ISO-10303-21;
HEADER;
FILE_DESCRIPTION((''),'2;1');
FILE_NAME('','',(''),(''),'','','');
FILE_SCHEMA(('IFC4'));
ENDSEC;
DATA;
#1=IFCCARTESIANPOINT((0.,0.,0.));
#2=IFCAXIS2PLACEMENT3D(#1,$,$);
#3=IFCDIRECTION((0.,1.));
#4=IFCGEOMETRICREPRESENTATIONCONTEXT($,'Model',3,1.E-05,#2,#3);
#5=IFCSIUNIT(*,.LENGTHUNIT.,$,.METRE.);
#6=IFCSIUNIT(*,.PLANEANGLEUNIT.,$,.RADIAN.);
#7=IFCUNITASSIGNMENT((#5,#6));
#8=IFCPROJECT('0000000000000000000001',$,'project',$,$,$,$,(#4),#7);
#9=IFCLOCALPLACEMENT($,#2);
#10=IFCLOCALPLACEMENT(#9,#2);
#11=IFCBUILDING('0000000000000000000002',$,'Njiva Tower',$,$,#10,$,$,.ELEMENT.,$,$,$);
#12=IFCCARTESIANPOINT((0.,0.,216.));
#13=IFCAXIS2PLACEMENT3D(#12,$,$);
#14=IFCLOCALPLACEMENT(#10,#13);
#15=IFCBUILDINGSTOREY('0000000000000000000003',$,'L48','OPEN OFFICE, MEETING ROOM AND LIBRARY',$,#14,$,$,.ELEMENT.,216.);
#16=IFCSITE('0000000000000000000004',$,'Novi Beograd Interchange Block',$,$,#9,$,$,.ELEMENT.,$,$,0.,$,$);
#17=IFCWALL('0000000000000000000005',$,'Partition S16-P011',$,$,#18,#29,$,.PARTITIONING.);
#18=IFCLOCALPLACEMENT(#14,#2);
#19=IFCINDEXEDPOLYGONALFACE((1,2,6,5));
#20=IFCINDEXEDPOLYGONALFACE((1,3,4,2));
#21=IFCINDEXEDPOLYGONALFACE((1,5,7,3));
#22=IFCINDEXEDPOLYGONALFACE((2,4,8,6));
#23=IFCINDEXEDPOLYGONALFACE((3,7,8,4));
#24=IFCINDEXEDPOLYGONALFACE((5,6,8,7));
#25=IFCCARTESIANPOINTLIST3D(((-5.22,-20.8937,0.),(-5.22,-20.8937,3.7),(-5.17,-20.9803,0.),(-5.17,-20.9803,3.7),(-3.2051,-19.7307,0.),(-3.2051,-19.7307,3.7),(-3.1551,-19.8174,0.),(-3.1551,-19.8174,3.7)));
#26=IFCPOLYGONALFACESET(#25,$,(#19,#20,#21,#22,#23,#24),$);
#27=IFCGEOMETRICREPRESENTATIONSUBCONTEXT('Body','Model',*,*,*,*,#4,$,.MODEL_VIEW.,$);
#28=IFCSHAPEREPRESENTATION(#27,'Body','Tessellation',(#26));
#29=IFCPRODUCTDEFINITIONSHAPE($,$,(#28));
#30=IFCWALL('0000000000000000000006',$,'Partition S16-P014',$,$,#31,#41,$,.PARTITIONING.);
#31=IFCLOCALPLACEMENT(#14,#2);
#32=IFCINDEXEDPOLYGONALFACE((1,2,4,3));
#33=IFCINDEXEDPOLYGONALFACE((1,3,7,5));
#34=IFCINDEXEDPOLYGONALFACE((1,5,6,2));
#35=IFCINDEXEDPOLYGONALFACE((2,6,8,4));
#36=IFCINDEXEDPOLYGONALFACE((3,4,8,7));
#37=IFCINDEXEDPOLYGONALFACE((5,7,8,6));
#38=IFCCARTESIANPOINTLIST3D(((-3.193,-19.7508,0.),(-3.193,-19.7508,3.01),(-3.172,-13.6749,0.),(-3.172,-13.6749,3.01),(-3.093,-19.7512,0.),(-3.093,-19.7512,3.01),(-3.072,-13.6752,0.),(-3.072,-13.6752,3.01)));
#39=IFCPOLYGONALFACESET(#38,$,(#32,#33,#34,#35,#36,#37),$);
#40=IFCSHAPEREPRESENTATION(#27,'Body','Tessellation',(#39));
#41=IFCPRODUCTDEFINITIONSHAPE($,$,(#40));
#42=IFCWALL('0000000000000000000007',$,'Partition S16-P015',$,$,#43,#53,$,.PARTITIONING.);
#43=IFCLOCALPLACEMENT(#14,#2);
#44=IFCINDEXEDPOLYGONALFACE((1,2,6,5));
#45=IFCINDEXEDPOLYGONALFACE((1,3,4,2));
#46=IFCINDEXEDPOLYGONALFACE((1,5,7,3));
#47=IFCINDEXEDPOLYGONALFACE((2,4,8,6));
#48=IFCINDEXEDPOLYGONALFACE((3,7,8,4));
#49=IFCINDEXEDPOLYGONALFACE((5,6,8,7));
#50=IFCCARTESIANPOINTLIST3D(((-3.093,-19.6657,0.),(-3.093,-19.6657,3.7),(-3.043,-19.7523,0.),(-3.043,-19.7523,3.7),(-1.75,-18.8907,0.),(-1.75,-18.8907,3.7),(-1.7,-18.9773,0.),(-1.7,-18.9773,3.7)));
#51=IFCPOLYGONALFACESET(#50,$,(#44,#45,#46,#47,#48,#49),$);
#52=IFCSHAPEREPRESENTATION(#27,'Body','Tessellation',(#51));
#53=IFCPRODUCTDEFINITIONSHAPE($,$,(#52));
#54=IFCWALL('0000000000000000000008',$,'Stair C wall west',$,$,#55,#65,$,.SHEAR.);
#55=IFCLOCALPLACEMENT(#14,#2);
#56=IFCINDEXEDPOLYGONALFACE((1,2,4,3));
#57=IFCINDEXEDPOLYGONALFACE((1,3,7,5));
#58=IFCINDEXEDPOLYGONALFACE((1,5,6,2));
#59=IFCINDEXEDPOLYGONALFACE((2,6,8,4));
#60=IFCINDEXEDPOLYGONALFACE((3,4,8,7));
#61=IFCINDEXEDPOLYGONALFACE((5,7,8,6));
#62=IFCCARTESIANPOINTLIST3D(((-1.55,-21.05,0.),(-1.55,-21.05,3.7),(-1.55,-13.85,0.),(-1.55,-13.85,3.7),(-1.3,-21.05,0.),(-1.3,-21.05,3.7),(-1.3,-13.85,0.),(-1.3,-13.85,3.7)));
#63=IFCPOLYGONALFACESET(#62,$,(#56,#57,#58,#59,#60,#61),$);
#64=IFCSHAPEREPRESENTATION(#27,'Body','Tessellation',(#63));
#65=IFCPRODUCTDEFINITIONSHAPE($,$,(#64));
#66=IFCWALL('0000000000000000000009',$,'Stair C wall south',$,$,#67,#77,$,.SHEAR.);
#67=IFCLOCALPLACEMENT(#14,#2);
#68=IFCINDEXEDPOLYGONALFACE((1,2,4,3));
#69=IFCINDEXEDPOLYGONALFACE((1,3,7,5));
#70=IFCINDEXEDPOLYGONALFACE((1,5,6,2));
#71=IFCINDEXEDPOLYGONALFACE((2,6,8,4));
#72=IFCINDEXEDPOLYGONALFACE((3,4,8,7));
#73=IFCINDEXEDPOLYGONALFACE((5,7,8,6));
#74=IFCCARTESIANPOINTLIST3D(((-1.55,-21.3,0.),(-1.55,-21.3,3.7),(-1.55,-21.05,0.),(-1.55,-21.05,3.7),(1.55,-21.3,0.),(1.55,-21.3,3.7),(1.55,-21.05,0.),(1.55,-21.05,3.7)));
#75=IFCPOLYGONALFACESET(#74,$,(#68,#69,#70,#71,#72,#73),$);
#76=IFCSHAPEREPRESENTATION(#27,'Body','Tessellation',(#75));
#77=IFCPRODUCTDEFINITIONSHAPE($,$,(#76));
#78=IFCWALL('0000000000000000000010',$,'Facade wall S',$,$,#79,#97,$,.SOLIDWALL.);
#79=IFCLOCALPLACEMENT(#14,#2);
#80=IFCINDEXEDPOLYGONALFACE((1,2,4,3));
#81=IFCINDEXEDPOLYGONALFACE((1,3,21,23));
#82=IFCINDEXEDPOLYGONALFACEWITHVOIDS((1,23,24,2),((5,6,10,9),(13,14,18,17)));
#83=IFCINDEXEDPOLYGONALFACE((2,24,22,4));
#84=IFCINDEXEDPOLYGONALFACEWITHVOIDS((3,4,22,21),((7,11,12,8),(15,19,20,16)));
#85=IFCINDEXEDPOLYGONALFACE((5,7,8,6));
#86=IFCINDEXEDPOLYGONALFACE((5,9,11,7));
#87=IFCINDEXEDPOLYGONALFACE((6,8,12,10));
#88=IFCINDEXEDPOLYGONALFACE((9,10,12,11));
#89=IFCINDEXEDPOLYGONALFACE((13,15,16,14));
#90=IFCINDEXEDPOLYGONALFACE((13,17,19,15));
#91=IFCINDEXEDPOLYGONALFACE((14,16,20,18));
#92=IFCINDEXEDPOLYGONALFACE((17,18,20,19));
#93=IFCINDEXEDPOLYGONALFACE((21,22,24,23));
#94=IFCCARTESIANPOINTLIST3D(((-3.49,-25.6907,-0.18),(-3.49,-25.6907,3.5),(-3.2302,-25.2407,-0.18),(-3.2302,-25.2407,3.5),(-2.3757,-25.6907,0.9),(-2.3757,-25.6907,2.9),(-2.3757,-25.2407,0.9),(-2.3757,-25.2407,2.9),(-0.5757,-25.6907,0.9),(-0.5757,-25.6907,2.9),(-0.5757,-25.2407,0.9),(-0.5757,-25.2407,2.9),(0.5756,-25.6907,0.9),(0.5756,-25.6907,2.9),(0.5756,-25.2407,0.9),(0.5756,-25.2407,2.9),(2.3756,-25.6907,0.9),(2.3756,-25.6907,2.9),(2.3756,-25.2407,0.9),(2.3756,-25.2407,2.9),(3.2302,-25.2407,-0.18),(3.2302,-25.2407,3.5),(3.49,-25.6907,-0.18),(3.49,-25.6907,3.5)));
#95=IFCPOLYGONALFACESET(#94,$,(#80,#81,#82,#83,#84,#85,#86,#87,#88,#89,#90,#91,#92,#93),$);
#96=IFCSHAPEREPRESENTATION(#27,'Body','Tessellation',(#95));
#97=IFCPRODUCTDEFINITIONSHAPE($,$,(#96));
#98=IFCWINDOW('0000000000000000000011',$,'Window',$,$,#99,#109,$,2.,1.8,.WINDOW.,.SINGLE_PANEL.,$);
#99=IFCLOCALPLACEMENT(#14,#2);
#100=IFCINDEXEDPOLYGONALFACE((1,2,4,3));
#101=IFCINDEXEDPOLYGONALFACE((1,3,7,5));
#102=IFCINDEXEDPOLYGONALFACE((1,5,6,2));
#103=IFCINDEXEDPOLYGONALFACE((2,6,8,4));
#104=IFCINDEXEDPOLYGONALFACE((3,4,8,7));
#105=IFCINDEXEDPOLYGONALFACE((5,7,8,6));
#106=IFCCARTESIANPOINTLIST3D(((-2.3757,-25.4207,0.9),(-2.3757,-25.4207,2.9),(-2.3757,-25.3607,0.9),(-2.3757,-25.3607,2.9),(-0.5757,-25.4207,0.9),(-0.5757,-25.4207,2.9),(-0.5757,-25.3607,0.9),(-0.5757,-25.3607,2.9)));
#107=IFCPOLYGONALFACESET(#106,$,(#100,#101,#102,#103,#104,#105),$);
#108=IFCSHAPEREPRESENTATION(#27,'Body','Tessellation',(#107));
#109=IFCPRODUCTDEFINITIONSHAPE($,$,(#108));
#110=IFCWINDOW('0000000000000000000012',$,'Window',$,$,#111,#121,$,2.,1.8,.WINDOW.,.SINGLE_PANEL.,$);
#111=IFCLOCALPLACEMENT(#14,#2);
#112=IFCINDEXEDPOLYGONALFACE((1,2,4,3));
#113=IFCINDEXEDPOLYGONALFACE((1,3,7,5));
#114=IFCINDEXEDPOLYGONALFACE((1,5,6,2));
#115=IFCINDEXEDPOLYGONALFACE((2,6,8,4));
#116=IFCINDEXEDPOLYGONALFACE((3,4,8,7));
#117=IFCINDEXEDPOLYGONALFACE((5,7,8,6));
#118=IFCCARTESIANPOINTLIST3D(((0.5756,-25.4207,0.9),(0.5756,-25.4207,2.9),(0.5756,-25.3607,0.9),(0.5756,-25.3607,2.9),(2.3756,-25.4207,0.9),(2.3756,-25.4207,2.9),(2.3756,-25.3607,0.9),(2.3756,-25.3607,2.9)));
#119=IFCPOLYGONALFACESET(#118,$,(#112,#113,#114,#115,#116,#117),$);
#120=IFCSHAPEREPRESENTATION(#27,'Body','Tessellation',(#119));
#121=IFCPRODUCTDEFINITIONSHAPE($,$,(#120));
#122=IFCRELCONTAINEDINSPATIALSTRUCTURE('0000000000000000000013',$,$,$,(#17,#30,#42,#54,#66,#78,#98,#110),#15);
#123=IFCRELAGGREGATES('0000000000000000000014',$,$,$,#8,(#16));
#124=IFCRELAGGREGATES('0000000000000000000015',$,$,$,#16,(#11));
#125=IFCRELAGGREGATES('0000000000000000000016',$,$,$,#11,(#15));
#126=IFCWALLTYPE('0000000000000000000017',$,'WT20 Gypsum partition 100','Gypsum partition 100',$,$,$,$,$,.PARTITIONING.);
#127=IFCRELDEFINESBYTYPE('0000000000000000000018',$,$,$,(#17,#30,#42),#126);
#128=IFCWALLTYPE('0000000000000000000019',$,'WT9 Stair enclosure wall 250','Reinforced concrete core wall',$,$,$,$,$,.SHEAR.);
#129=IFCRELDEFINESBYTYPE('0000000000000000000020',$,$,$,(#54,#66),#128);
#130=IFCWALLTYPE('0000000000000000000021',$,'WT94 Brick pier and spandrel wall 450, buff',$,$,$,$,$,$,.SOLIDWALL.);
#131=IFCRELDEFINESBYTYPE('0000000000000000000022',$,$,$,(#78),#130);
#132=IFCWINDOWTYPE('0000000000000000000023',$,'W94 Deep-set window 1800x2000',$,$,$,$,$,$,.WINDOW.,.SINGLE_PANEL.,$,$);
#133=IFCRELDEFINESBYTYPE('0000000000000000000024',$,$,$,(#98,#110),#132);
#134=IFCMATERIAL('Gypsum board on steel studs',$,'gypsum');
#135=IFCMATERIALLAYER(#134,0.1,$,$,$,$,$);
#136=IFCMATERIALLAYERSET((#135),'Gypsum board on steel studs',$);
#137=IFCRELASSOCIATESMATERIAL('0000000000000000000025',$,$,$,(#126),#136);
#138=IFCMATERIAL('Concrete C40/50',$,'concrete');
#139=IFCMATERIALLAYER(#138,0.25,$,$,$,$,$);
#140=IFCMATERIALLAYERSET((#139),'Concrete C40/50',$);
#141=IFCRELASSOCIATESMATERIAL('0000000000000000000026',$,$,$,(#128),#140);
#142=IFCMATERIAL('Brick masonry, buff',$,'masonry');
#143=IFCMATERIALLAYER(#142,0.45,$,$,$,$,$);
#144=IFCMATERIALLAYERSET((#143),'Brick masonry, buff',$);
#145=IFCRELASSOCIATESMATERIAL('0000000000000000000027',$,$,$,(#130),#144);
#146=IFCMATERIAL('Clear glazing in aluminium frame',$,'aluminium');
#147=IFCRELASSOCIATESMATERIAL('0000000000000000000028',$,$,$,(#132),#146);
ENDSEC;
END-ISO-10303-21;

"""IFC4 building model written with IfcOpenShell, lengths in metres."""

from ifc_helpers import new_model, si_unit, direction, frame, frame_2d, origin, place, context, subcontext, project, spatial, polyline, rectangle, outline, extrude, material, layer, layer_set, type_object, element, fill, save


model = new_model("IFC4")

# Units and contexts
model_context = context("Model", 3, precision=1e-05, world=origin(), true_north=direction((0.0, 1.0)))
body_context = subcontext(model_context, "Body", "Model", "MODEL_VIEW")
ifc_project = project(units=[si_unit("LENGTHUNIT", "METRE"), si_unit("PLANEANGLEUNIT", "RADIAN")], contexts=[model_context])

# Site, building, storey
site_placement = place(None, origin())
site = spatial("IfcSite", under=ifc_project, at=site_placement, Name="Novi Beograd Interchange Block", CompositionType="ELEMENT", RefElevation=0.0)
building_placement = place(site_placement, origin())
building = spatial("IfcBuilding", under=site, at=building_placement, Name="Njiva Tower", CompositionType="ELEMENT")
storey_placement = place(building_placement, frame((0.0, 0.0, 216.0)))
storey = spatial("IfcBuildingStorey", under=building, at=storey_placement, Name="L48", Description="OPEN OFFICE, MEETING ROOM AND LIBRARY", CompositionType="ELEMENT", Elevation=216.0)

# Walls
ifc_material_1 = material(Name="Gypsum board on steel studs", Category="gypsum")
ifc_layer_1 = layer(ifc_material_1, 0.1)
ifc_layer_set_1 = layer_set([ifc_layer_1], Name="Gypsum board on steel studs")
wall_type_1 = type_object("IfcWallType", Name="WT20 Gypsum partition 100", Description="Gypsum partition 100", PredefinedType="PARTITIONING", material=ifc_layer_set_1)
wall_1_placement = place(storey_placement, frame((-5.195, -20.937, 0.0), z_axis=(0.0, 0.0, 1.0), x_axis=(0.866093, 0.499884, 0.0)))
element("IfcWall", 1, at=wall_1_placement, inside=storey, type_object=wall_type_1, Name="Partition S16-P011", PredefinedType="PARTITIONING", context=body_context, shape_type="SweptSolid", body=[
    extrude(rectangle(XDim=2.3265, YDim=0.1, at=frame_2d((1.1632, 0.0))), origin(), (0.0, 0.0, 1.0), 3.7),
])
wall_2_placement = place(storey_placement, frame((-3.143, -19.751, 0.0), z_axis=(0.0, 0.0, 1.0), x_axis=(0.003456, 0.999994, 0.0)))
element("IfcWall", 2, at=wall_2_placement, inside=storey, type_object=wall_type_1, Name="Partition S16-P014", PredefinedType="PARTITIONING", context=body_context, shape_type="SweptSolid", body=[
    extrude(rectangle(XDim=6.076, YDim=0.1, at=frame_2d((3.038, 0.0))), origin(), (0.0, 0.0, 1.0), 3.01),
])
wall_3_placement = place(storey_placement, frame((-3.068, -19.709, 0.0), z_axis=(0.0, 0.0, 1.0), x_axis=(0.866132, 0.499816, 0.0)))
element("IfcWall", 3, at=wall_3_placement, inside=storey, type_object=wall_type_1, Name="Partition S16-P015", PredefinedType="PARTITIONING", context=body_context, shape_type="SweptSolid", body=[
    extrude(rectangle(XDim=1.5506, YDim=0.1, at=frame_2d((0.7753, 0.0))), origin(), (0.0, 0.0, 1.0), 3.7),
])
ifc_material_2 = material(Name="Concrete C40/50", Category="concrete")
ifc_layer_2 = layer(ifc_material_2, 0.25)
ifc_layer_set_2 = layer_set([ifc_layer_2], Name="Concrete C40/50")
wall_type_2 = type_object("IfcWallType", Name="WT9 Stair enclosure wall 250", Description="Reinforced concrete core wall", PredefinedType="SHEAR", material=ifc_layer_set_2)
wall_4_placement = place(storey_placement, frame((-1.425, -21.05, 0.0), z_axis=(0.0, 0.0, 1.0), x_axis=(0.0, 1.0, 0.0)))
element("IfcWall", 4, at=wall_4_placement, inside=storey, type_object=wall_type_2, Name="Stair C wall west", PredefinedType="SHEAR", context=body_context, shape_type="SweptSolid", body=[
    extrude(rectangle(XDim=7.2, YDim=0.25, at=frame_2d((3.6, 0.0))), origin(), (0.0, 0.0, 1.0), 3.7),
])
wall_5_placement = place(storey_placement, frame((-1.55, -21.175, 0.0), z_axis=(0.0, 0.0, 1.0), x_axis=(1.0, 0.0, 0.0)))
element("IfcWall", 5, at=wall_5_placement, inside=storey, type_object=wall_type_2, Name="Stair C wall south", PredefinedType="SHEAR", context=body_context, shape_type="SweptSolid", body=[
    extrude(rectangle(XDim=3.1, YDim=0.25, at=frame_2d((1.55, 0.0))), origin(), (0.0, 0.0, 1.0), 3.7),
])

# Wall, openings, windows
ifc_material_3 = material(Name="Brick masonry, buff", Category="masonry")
ifc_layer_3 = layer(ifc_material_3, 0.45)
ifc_layer_set_3 = layer_set([ifc_layer_3], Name="Brick masonry, buff")
wall_type_3 = type_object("IfcWallType", Name="WT94 Brick pier and spandrel wall 450, buff", PredefinedType="SOLIDWALL", material=ifc_layer_set_3)
wall_6_placement = place(storey_placement, frame((-3.3601, -25.4657, -0.18), z_axis=(0.0, 0.0, 1.0), x_axis=(1.0, 0.0, 0.0)))
wall_6 = element("IfcWall", 6, at=wall_6_placement, inside=storey, type_object=wall_type_3, Name="Facade wall S", PredefinedType="SOLIDWALL", context=body_context, shape_type="SweptSolid", body=[
    extrude(outline(polyline([(-0.1299, -0.225), (6.8501, -0.225), (6.5903, 0.225), (0.1299, 0.225), (-0.1299, -0.225)])), origin(), (0.0, 0.0, 1.0), 3.68),
])
opening_1_placement = place(wall_6_placement, frame((0.9844, 0.0, 1.08)))
opening_1 = element("IfcOpeningElement", 7, at=opening_1_placement, cuts=wall_6, PredefinedType="OPENING", context=body_context, shape_type="SweptSolid", body=[
    extrude(rectangle(XDim=1.8, YDim=2.0, at=frame_2d((0.9, 1.0))), frame((0.0, 0.235, 0.0), z_axis=(0.0, -1.0, 0.0), x_axis=(1.0, 0.0, 0.0)), (0.0, 0.0, 1.0), 0.47),
])
opening_2_placement = place(wall_6_placement, frame((3.9357, 0.0, 1.08)))
opening_2 = element("IfcOpeningElement", 8, at=opening_2_placement, cuts=wall_6, PredefinedType="OPENING", context=body_context, shape_type="SweptSolid", body=[
    extrude(rectangle(XDim=1.8, YDim=2.0, at=frame_2d((0.9, 1.0))), frame((0.0, 0.235, 0.0), z_axis=(0.0, -1.0, 0.0), x_axis=(1.0, 0.0, 0.0)), (0.0, 0.0, 1.0), 0.47),
])
ifc_material_4 = material(Name="Clear glazing in aluminium frame", Category="aluminium")
window_type = type_object("IfcWindowType", Name="W94 Deep-set window 1800x2000", PartitioningType="SINGLE_PANEL", PredefinedType="WINDOW", material=ifc_material_4)
window_1_placement = place(opening_1_placement, origin())
window_1 = element("IfcWindow", 9, at=window_1_placement, inside=storey, type_object=window_type, Name="Window", OverallHeight=2.0, OverallWidth=1.8, PartitioningType="SINGLE_PANEL", PredefinedType="WINDOW", context=body_context, shape_type="SweptSolid", body=[
    extrude(rectangle(XDim=1.8, YDim=2.0, at=frame_2d((0.9, 1.0))), frame((0.0, 0.105, 0.0), z_axis=(0.0, -1.0, 0.0), x_axis=(1.0, 0.0, 0.0)), (0.0, 0.0, 1.0), 0.06),
])
fill(opening_1, window_1)
window_2_placement = place(opening_2_placement, origin())
window_2 = element("IfcWindow", 10, at=window_2_placement, inside=storey, type_object=window_type, Name="Window", OverallHeight=2.0, OverallWidth=1.8, PartitioningType="SINGLE_PANEL", PredefinedType="WINDOW", context=body_context, shape_type="SweptSolid", body=[
    extrude(rectangle(XDim=1.8, YDim=2.0, at=frame_2d((0.9, 1.0))), frame((0.0, 0.105, 0.0), z_axis=(0.0, -1.0, 0.0), x_axis=(1.0, 0.0, 0.0)), (0.0, 0.0, 1.0), 0.06),
])
fill(opening_2, window_2)

save(model, "model.ifc")
